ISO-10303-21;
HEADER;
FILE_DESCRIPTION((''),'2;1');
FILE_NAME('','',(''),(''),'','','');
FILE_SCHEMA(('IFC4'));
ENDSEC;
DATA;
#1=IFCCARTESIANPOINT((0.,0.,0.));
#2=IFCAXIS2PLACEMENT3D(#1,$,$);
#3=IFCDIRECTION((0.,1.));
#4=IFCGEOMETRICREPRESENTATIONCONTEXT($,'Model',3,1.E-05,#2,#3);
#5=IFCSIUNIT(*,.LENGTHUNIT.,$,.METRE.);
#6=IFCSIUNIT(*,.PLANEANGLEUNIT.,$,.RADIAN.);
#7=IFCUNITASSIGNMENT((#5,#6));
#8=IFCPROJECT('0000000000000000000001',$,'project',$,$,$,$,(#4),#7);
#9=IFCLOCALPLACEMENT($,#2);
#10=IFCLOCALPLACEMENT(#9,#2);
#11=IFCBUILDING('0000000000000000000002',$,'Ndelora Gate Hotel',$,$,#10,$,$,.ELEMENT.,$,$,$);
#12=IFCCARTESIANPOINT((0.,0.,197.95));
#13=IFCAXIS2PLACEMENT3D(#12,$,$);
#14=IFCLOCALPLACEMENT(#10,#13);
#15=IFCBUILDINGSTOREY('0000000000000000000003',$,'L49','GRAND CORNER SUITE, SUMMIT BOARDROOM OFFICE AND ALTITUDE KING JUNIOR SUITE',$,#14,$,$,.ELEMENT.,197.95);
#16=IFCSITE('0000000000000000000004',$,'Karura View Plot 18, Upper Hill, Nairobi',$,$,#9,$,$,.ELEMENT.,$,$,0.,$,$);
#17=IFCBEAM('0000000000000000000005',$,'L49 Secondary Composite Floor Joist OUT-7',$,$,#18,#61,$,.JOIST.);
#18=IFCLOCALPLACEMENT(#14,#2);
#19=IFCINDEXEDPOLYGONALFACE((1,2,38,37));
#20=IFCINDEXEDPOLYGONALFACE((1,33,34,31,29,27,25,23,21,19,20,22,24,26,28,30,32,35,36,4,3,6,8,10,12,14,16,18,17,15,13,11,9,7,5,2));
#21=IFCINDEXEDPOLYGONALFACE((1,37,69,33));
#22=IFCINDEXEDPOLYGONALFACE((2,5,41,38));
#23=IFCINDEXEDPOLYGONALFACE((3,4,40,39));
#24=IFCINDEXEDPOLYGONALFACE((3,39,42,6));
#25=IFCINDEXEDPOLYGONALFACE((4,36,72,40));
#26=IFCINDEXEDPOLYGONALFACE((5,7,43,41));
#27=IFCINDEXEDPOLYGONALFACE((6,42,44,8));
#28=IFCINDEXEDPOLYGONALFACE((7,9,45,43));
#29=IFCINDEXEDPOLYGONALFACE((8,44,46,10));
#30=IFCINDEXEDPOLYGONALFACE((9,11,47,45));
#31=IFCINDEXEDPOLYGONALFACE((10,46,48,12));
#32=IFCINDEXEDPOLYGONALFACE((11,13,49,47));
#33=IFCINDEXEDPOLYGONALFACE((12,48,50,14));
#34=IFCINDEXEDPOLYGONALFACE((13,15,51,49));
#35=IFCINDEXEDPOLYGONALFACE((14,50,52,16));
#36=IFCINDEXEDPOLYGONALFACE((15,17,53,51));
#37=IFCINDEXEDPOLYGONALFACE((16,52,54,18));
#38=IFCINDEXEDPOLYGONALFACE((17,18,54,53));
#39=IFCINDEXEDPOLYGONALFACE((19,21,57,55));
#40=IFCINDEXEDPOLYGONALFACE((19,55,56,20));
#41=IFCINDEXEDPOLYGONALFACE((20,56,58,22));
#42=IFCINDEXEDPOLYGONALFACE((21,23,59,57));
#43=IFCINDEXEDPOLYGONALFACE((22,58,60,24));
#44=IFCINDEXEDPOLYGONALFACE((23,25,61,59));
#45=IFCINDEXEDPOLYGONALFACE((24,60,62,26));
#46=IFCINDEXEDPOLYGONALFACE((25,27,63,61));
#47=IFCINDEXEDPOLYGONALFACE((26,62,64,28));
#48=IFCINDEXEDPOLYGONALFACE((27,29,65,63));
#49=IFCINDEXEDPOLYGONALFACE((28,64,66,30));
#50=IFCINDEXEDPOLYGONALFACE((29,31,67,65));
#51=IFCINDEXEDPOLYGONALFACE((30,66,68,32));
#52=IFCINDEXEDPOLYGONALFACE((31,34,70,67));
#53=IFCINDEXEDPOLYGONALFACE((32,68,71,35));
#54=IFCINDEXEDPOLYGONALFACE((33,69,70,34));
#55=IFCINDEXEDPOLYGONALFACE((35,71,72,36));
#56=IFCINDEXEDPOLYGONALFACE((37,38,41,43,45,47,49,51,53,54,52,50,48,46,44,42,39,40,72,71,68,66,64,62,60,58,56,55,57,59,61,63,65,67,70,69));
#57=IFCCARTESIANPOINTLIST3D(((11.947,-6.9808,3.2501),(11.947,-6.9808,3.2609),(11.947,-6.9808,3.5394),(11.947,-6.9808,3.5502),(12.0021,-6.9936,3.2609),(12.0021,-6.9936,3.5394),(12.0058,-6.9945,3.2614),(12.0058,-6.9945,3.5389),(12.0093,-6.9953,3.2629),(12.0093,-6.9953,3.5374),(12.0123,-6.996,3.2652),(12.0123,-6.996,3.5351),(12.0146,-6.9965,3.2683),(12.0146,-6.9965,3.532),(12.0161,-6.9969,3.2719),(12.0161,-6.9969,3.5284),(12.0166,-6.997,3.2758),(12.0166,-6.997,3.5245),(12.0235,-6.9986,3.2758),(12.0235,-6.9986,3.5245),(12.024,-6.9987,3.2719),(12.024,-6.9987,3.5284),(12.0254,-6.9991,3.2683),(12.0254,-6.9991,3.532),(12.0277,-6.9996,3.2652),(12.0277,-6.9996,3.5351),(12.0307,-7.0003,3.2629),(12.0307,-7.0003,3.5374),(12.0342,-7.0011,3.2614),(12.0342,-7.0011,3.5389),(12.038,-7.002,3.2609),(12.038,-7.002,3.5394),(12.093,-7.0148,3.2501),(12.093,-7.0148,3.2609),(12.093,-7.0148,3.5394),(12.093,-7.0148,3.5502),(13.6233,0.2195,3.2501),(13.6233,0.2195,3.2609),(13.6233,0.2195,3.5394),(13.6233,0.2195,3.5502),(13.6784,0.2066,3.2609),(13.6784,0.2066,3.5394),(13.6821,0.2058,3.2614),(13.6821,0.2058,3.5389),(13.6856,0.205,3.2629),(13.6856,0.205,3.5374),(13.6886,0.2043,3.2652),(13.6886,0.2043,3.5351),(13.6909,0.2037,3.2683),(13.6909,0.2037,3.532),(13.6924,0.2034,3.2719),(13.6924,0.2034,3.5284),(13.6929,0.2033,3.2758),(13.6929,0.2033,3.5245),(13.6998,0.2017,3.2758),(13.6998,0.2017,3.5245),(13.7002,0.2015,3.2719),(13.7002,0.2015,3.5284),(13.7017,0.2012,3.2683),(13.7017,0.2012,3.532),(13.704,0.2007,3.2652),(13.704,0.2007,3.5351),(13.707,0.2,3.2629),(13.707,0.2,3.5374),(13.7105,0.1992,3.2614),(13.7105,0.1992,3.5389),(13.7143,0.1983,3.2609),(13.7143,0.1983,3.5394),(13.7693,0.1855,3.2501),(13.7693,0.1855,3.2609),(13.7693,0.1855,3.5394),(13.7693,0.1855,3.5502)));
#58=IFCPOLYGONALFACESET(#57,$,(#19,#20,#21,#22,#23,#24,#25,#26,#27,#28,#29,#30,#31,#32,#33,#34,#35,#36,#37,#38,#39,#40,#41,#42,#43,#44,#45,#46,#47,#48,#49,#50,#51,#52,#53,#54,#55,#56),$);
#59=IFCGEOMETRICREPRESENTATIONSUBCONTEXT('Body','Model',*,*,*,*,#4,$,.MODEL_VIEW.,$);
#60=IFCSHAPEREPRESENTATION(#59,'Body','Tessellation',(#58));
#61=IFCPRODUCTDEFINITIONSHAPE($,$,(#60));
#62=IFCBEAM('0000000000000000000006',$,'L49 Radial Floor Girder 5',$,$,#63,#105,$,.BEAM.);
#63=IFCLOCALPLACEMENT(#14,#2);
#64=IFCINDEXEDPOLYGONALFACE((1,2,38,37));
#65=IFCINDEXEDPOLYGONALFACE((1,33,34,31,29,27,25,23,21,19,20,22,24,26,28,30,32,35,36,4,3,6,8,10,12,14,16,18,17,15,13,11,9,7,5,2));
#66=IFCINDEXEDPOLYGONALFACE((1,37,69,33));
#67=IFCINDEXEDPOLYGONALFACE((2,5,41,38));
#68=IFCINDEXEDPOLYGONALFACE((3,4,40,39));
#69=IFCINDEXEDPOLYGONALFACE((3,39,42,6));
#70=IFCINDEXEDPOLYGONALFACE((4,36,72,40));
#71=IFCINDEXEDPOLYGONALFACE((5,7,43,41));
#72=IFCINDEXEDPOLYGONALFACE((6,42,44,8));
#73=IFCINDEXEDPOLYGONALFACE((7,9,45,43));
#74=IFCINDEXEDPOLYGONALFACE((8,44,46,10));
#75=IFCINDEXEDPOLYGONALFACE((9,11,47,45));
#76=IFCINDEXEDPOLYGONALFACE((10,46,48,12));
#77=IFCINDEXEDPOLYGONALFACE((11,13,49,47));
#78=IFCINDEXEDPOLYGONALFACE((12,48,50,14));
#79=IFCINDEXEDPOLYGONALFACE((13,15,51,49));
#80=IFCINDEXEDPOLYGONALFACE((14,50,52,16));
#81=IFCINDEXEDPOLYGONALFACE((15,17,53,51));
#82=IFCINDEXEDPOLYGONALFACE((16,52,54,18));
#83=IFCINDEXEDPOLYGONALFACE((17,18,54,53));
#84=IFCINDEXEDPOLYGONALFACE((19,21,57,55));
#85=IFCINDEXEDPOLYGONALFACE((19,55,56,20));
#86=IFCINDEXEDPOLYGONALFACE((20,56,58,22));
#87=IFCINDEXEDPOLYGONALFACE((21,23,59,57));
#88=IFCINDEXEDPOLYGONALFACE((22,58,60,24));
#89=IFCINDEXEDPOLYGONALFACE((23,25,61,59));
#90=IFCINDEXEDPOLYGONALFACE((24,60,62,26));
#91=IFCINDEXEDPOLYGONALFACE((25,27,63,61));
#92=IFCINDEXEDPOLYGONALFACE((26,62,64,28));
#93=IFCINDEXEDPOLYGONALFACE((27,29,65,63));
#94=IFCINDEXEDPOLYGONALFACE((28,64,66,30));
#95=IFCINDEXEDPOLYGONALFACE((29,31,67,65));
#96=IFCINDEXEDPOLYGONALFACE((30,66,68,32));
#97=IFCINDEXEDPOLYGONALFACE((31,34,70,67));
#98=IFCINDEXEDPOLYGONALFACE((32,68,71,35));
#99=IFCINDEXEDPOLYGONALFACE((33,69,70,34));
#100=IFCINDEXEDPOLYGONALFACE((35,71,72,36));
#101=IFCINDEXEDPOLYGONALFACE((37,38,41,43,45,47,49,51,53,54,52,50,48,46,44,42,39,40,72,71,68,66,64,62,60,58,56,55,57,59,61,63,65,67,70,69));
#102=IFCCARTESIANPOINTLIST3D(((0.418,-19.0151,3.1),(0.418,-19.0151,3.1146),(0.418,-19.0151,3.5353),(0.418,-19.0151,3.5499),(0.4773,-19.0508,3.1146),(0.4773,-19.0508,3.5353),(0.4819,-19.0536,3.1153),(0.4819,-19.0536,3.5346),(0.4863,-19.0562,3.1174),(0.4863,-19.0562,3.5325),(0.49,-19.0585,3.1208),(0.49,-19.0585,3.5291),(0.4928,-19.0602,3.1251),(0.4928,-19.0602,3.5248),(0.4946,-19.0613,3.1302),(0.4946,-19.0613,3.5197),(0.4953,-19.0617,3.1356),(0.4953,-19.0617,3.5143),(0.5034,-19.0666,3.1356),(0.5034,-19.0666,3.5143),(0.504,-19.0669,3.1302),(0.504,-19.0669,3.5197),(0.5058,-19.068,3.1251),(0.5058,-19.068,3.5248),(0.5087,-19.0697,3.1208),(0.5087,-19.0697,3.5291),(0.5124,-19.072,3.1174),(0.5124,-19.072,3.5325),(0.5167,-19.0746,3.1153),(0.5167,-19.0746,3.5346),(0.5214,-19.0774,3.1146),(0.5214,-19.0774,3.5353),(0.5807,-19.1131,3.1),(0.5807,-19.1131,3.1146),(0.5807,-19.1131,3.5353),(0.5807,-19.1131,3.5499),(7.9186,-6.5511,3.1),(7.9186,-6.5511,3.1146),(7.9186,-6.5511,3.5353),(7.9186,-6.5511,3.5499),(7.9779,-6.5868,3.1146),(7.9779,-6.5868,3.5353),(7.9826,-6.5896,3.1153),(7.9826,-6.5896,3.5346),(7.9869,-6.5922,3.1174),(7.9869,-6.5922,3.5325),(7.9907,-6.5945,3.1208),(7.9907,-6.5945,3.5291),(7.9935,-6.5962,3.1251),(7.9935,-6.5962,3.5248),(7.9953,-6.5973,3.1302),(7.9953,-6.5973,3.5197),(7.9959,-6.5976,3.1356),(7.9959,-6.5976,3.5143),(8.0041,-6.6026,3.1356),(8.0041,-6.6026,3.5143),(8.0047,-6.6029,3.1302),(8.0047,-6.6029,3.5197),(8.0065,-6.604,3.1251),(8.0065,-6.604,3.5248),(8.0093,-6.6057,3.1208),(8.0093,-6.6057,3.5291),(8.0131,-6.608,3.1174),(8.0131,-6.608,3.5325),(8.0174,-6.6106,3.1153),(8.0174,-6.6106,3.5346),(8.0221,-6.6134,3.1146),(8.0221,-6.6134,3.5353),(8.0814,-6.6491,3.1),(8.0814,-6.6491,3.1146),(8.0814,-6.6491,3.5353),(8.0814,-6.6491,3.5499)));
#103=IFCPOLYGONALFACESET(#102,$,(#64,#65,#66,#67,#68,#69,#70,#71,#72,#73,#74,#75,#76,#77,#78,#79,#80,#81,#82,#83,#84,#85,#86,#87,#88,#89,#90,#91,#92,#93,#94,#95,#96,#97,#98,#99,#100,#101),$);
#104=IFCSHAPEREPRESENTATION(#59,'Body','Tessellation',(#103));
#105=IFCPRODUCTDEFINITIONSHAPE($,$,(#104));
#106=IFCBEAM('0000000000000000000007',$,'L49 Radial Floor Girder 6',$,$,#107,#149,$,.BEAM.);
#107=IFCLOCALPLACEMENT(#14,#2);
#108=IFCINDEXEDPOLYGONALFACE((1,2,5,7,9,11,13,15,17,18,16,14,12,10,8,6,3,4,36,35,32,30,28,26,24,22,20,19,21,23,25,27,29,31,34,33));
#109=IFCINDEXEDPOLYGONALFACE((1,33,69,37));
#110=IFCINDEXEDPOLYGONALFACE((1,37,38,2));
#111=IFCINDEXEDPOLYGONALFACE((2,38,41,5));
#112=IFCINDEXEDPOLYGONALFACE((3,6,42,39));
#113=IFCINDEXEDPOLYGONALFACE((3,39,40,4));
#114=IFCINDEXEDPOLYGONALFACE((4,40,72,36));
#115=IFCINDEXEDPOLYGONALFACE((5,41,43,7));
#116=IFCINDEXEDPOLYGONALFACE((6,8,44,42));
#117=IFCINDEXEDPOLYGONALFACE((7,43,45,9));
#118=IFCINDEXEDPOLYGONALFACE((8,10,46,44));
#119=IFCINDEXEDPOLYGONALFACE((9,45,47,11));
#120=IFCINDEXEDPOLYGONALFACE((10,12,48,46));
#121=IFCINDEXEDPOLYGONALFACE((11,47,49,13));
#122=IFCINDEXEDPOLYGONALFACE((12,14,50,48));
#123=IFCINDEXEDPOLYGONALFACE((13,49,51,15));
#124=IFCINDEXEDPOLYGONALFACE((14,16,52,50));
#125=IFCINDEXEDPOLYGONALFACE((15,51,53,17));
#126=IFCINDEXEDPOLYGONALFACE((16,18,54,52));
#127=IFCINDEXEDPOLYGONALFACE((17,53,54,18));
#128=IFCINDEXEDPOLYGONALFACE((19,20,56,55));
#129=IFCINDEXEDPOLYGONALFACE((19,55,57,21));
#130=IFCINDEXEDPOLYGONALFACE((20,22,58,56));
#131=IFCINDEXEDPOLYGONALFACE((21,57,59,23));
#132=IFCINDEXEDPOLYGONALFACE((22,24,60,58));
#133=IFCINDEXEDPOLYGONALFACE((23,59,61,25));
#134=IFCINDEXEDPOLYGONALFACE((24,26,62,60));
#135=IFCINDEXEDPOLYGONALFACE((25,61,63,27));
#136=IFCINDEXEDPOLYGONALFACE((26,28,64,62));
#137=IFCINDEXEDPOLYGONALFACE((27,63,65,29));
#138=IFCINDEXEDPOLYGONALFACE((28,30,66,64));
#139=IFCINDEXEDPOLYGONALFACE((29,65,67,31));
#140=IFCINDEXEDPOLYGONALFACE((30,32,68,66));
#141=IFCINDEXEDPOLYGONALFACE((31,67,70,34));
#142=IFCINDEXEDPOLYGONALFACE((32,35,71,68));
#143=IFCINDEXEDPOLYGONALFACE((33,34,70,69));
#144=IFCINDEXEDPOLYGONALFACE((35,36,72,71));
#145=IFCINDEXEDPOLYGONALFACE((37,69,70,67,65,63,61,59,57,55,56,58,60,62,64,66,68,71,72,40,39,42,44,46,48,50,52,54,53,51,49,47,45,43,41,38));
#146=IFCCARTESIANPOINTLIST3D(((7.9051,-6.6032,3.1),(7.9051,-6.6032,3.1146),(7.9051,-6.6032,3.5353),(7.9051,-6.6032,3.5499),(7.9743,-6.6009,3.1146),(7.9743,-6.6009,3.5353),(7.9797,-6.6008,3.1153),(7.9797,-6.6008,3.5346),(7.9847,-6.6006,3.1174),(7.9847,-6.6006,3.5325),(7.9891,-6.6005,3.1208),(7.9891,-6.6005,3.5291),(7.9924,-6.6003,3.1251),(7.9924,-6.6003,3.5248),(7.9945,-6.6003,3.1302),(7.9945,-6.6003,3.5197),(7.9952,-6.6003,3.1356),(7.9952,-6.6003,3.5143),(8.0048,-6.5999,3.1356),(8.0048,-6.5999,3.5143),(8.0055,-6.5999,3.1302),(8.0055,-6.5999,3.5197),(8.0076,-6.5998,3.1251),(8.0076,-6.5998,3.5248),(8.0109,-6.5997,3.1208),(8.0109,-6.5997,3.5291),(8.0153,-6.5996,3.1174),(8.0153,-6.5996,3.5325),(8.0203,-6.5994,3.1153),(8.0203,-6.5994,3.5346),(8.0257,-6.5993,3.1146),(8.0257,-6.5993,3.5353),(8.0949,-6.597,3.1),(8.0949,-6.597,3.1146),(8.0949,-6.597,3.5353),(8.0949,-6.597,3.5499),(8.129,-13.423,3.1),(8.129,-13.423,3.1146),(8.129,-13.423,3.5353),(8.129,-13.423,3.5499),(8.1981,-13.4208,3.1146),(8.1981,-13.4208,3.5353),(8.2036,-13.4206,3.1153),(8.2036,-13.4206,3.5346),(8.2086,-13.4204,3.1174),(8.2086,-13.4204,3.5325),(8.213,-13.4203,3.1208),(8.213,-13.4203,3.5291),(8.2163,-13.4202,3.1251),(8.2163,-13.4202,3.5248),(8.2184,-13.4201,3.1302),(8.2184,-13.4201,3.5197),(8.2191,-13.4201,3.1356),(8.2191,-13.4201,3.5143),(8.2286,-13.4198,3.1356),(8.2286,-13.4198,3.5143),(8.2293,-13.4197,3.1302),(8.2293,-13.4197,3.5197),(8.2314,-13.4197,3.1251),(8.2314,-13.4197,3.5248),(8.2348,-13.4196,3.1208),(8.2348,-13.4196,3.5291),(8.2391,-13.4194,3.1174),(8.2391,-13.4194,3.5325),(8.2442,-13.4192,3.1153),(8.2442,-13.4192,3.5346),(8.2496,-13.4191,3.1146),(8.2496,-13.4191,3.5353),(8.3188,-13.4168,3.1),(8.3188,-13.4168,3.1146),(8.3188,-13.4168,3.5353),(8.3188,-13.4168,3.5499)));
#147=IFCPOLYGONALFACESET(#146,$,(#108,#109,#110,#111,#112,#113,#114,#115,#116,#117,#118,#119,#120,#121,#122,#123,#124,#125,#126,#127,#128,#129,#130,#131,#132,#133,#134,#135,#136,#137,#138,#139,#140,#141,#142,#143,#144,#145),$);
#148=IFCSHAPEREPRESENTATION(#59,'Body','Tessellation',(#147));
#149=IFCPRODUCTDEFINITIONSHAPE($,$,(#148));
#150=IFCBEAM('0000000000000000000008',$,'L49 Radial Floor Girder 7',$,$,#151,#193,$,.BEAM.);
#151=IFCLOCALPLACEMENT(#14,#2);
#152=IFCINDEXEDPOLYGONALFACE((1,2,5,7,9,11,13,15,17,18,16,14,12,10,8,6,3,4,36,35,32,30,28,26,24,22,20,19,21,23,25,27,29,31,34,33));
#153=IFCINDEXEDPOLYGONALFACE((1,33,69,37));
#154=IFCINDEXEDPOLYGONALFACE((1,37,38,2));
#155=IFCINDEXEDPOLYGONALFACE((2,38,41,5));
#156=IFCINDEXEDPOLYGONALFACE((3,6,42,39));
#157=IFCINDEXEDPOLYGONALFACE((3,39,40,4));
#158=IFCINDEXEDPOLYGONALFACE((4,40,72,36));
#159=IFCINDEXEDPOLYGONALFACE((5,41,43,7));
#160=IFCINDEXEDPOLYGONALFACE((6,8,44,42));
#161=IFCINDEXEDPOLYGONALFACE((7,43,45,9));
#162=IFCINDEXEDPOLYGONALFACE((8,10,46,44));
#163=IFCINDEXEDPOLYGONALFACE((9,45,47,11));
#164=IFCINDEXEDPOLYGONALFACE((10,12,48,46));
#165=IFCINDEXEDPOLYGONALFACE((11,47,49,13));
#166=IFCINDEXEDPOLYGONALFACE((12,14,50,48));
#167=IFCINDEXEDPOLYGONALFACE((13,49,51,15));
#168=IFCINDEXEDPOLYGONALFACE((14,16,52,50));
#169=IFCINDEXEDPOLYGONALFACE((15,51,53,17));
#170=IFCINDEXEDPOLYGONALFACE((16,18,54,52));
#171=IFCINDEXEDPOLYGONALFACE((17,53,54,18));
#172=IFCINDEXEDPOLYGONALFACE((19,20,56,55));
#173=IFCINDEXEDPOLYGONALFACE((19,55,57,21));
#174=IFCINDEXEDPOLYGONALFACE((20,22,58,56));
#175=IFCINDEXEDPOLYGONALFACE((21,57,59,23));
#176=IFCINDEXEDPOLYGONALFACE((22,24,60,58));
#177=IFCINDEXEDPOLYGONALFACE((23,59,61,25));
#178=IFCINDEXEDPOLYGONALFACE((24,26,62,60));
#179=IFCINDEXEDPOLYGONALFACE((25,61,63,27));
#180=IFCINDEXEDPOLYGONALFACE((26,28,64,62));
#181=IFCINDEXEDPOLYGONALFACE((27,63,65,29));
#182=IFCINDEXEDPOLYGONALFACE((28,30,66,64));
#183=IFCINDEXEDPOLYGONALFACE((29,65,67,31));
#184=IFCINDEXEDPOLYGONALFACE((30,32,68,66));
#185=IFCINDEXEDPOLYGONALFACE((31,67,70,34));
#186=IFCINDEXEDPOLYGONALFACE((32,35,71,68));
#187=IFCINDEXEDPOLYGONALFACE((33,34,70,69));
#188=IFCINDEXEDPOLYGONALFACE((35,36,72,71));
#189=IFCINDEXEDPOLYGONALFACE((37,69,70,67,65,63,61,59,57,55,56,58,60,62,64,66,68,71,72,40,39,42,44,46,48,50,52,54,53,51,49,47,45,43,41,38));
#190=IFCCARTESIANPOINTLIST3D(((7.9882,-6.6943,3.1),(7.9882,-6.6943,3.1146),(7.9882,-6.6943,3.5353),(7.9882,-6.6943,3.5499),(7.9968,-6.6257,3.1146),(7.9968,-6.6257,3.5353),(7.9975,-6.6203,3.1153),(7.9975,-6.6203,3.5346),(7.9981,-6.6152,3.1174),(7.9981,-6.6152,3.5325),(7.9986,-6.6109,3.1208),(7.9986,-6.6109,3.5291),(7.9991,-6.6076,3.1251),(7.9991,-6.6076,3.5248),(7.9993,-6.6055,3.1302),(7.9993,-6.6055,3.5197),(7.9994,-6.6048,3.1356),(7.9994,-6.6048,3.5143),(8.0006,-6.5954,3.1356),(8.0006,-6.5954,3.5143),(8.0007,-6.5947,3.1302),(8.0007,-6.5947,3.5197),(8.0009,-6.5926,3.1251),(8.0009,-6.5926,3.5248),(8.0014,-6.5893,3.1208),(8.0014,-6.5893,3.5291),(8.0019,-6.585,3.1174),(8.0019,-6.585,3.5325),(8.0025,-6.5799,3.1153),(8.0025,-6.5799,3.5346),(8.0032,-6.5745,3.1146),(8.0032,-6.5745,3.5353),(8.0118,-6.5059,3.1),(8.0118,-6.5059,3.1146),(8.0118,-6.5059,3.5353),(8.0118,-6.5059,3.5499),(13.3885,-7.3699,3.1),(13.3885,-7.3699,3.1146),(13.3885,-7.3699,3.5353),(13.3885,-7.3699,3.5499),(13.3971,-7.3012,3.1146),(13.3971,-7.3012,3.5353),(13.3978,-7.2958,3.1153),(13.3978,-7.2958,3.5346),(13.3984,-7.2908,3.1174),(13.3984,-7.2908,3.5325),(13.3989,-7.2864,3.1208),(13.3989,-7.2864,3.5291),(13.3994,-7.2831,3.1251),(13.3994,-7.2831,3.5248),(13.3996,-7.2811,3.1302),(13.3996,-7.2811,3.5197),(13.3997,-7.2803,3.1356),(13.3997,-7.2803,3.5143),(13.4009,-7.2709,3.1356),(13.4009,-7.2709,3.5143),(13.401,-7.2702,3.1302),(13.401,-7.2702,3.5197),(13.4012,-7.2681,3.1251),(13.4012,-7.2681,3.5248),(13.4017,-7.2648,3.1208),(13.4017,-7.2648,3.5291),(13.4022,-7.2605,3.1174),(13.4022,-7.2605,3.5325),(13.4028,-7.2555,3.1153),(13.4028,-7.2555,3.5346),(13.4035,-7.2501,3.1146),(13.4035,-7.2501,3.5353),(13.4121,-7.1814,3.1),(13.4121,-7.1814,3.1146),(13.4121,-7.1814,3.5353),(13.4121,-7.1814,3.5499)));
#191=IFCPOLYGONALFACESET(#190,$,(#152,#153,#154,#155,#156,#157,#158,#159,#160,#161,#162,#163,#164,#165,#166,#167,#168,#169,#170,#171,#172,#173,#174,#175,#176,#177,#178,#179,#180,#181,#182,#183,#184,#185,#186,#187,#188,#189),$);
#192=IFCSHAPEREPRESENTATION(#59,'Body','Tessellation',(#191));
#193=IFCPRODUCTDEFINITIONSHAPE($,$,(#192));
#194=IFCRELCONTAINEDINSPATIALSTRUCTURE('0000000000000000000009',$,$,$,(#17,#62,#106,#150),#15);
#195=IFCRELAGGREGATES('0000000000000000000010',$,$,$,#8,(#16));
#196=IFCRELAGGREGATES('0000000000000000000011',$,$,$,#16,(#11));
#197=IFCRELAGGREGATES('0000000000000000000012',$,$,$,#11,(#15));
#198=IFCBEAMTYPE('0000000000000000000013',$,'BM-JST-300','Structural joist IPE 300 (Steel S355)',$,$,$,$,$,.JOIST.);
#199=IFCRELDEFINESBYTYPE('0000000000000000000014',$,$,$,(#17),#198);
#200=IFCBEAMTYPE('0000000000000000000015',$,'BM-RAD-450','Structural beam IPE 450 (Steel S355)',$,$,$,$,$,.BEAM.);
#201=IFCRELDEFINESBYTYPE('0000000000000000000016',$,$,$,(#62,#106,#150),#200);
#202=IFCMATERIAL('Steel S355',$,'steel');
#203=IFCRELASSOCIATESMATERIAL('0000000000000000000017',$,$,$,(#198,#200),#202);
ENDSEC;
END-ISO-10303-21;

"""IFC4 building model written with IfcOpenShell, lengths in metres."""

from ifc_helpers import new_model, si_unit, direction, frame, origin, origin_2d, place, context, subcontext, project, spatial, i_section, extrude, material, material_profile, profile_set, type_object, element, save


model = new_model("IFC4")

# Units and contexts
model_context = context("Model", 3, precision=1e-05, world=origin(), true_north=direction((0.0, 1.0)))
body_context = subcontext(model_context, "Body", "Model", "MODEL_VIEW")
ifc_project = project(units=[si_unit("LENGTHUNIT", "METRE"), si_unit("PLANEANGLEUNIT", "RADIAN")], contexts=[model_context])

# Site, building, storey
site_placement = place(None, origin())
site = spatial("IfcSite", under=ifc_project, at=site_placement, Name="Karura View Plot 18, Upper Hill, Nairobi", CompositionType="ELEMENT", RefElevation=0.0)
building_placement = place(site_placement, origin())
building = spatial("IfcBuilding", under=site, at=building_placement, Name="Ndelora Gate Hotel", CompositionType="ELEMENT")
storey_placement = place(building_placement, frame((0.0, 0.0, 197.95)))
storey = spatial("IfcBuildingStorey", under=building, at=storey_placement, Name="L49", Description="GRAND CORNER SUITE, SUMMIT BOARDROOM OFFICE AND ALTITUDE KING JUNIOR SUITE", CompositionType="ELEMENT", Elevation=197.95)

# Beams
ifc_material_1 = material(Name="Steel S355", Category="steel")
ifc_material_profile_1 = material_profile(ifc_material_1, i_section(OverallWidth=0.1499, OverallDepth=0.3, WebThickness=0.0071, FlangeThickness=0.0107, FilletRadius=0.0149, at=origin_2d()), Name="IPE 300")
ifc_profile_set_1 = profile_set([ifc_material_profile_1], Name="Steel S355")
beam_type_1 = type_object("IfcBeamType", Name="BM-JST-300", Description="Structural joist IPE 300 (Steel S355)", PredefinedType="JOIST", material=ifc_profile_set_1)
beam_1_placement = place(storey_placement, frame((12.02, -6.9978, 3.4001), z_axis=(0.226745, 0.973954, 0.0), x_axis=(-0.973954, 0.226745, 0.0)))
element("IfcBeam", 1, at=beam_1_placement, inside=storey, type_object=beam_type_1, Name="L49 Secondary Composite Floor Joist OUT-7", PredefinedType="JOIST", context=body_context, shape_type="SweptSolid", body=[
    extrude(i_section(OverallWidth=0.1499, OverallDepth=0.3, WebThickness=0.0071, FlangeThickness=0.0107, FilletRadius=0.0149, at=origin_2d()), origin(), (0.0, 0.0, 1.0), 7.3928),
])
ifc_material_profile_2 = material_profile(ifc_material_1, i_section(OverallWidth=0.1899, OverallDepth=0.45, WebThickness=0.0095, FlangeThickness=0.0146, FilletRadius=0.021, at=origin_2d()), Name="IPE 450")
ifc_profile_set_2 = profile_set([ifc_material_profile_2], Name="Steel S355")
beam_type_2 = type_object("IfcBeamType", Name="BM-RAD-450", Description="Structural beam IPE 450 (Steel S355)", PredefinedType="BEAM", material=ifc_profile_set_2)
beam_2_placement = place(storey_placement, frame((8.0, -6.6001, 3.325), z_axis=(-0.515621, -0.856817, 0.0), x_axis=(0.856817, -0.515621, 0.0)))
element("IfcBeam", 2, at=beam_2_placement, inside=storey, type_object=beam_type_2, Name="L49 Radial Floor Girder 5", PredefinedType="BEAM", context=body_context, shape_type="SweptSolid", body=[
    extrude(i_section(OverallWidth=0.1899, OverallDepth=0.45, WebThickness=0.0095, FlangeThickness=0.0146, FilletRadius=0.021, at=origin_2d()), origin(), (0.0, 0.0, 1.0), 14.5469),
])
beam_3_placement = place(storey_placement, frame((8.0, -6.6001, 3.325), z_axis=(0.03281, -0.999462, 0.0), x_axis=(0.999462, 0.03281, 0.0)))
element("IfcBeam", 3, at=beam_3_placement, inside=storey, type_object=beam_type_2, Name="L49 Radial Floor Girder 6", PredefinedType="BEAM", context=body_context, shape_type="SweptSolid", body=[
    extrude(i_section(OverallWidth=0.1899, OverallDepth=0.45, WebThickness=0.0095, FlangeThickness=0.0146, FilletRadius=0.021, at=origin_2d()), origin(), (0.0, 0.0, 1.0), 6.8235),
])
beam_4_placement = place(storey_placement, frame((8.0, -6.6001, 3.325), z_axis=(0.992267, -0.124123, 0.0), x_axis=(0.124123, 0.992267, 0.0)))
element("IfcBeam", 4, at=beam_4_placement, inside=storey, type_object=beam_type_2, Name="L49 Radial Floor Girder 7", PredefinedType="BEAM", context=body_context, shape_type="SweptSolid", body=[
    extrude(i_section(OverallWidth=0.1899, OverallDepth=0.45, WebThickness=0.0095, FlangeThickness=0.0146, FilletRadius=0.021, at=origin_2d()), origin(), (0.0, 0.0, 1.0), 5.4424),
])

save(model, "model.ifc")
